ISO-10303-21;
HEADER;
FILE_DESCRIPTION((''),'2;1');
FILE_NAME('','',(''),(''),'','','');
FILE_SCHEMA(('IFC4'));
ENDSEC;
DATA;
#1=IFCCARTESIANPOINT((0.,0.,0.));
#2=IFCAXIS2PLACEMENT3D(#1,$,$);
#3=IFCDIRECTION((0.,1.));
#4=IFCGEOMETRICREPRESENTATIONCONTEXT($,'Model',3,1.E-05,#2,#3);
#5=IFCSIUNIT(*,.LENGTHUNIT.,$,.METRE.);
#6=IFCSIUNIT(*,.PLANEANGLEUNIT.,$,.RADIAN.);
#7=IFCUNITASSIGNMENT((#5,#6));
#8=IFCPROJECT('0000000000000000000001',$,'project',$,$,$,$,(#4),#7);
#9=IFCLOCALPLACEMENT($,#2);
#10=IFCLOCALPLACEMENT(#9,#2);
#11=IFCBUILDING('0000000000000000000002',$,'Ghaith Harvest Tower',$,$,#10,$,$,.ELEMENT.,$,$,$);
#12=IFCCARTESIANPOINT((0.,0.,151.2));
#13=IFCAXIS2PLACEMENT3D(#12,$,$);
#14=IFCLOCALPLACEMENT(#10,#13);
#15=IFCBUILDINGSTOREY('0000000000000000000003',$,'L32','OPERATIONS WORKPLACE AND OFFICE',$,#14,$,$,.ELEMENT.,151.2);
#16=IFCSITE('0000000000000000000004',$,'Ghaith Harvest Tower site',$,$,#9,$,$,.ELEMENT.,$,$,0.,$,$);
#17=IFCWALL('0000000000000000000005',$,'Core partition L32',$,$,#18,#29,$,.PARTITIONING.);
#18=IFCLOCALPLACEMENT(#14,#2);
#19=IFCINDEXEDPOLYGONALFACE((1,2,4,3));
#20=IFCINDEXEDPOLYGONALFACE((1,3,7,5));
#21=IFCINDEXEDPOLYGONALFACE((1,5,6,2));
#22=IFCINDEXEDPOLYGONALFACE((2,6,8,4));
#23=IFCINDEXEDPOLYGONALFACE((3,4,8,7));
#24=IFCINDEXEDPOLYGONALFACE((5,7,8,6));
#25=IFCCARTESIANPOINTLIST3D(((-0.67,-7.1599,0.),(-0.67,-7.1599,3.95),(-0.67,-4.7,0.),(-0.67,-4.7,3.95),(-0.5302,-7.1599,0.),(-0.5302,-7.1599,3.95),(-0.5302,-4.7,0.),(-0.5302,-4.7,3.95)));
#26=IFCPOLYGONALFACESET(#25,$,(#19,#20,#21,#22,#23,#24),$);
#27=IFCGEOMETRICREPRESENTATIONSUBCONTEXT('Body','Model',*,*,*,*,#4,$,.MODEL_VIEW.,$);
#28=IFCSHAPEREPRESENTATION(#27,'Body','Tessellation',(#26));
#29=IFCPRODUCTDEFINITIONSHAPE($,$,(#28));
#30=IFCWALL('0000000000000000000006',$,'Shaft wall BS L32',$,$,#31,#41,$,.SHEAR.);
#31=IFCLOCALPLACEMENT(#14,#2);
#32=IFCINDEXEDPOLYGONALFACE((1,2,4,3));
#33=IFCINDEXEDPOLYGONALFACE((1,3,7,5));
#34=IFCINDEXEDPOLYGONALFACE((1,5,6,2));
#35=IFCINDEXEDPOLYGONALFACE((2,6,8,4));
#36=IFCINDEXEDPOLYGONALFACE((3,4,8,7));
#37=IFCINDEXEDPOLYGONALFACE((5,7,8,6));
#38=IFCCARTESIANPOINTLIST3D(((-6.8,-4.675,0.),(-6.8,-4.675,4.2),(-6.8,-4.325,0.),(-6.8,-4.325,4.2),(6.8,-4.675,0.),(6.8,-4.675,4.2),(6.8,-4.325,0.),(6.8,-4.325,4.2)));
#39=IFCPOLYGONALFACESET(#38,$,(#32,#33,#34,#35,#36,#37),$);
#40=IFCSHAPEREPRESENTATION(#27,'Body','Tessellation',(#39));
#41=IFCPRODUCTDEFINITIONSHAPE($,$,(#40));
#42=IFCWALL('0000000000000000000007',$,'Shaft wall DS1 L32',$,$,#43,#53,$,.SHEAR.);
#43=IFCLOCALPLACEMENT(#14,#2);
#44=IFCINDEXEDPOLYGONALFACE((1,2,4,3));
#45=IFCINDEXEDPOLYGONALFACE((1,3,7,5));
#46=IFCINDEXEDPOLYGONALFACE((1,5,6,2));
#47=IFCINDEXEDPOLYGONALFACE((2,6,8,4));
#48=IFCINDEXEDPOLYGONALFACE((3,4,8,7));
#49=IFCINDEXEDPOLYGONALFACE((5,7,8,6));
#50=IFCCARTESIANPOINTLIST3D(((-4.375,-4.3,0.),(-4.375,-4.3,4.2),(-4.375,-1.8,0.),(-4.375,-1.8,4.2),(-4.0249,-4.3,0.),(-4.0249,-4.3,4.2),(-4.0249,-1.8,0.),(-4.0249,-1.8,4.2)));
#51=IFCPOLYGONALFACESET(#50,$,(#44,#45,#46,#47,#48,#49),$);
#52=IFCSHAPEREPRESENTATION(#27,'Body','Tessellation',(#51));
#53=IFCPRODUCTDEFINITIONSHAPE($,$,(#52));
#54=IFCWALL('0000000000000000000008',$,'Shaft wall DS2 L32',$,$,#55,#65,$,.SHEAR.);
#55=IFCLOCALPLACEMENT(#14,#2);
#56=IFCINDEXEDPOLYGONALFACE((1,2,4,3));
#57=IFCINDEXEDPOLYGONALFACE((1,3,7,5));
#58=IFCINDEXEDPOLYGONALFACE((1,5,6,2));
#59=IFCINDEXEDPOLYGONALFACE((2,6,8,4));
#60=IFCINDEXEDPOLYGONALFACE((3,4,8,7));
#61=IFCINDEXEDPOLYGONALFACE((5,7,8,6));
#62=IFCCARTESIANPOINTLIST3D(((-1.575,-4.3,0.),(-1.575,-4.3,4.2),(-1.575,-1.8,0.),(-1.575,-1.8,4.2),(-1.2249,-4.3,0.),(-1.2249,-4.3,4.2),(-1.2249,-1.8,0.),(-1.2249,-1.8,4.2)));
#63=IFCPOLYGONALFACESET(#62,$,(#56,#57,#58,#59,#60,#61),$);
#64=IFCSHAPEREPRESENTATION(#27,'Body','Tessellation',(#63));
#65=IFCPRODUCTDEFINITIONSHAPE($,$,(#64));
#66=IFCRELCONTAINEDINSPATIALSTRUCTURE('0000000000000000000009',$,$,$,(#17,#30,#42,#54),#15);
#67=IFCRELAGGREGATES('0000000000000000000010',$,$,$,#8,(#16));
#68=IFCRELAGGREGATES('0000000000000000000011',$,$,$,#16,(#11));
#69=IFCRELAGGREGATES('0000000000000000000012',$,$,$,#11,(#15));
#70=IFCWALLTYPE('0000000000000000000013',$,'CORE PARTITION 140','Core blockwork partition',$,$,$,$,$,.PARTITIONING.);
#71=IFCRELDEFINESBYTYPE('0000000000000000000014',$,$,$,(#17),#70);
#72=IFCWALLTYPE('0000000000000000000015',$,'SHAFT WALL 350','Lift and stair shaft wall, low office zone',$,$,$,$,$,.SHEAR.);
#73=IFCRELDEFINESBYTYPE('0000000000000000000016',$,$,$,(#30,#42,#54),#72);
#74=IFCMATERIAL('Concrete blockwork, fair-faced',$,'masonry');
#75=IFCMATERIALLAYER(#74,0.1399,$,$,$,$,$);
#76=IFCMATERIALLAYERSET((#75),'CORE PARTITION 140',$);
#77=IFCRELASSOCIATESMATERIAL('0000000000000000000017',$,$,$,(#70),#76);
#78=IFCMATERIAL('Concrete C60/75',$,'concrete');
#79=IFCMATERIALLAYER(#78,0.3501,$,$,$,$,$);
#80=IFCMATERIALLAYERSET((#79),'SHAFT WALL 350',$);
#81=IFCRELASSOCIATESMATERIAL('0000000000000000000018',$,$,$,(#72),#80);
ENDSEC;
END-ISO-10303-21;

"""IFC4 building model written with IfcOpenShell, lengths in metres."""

from ifc_helpers import new_model, si_unit, direction, frame, frame_2d, origin, place, context, subcontext, project, spatial, rectangle, extrude, material, layer, layer_set, type_object, element, save


model = new_model("IFC4")

# Units and contexts
model_context = context("Model", 3, precision=1e-05, world=origin(), true_north=direction((0.0, 1.0)))
body_context = subcontext(model_context, "Body", "Model", "MODEL_VIEW")
ifc_project = project(units=[si_unit("LENGTHUNIT", "METRE"), si_unit("PLANEANGLEUNIT", "RADIAN")], contexts=[model_context])

# Site, building, storey
site_placement = place(None, origin())
site = spatial("IfcSite", under=ifc_project, at=site_placement, Name="Ghaith Harvest Tower site", CompositionType="ELEMENT", RefElevation=0.0)
building_placement = place(site_placement, origin())
building = spatial("IfcBuilding", under=site, at=building_placement, Name="Ghaith Harvest Tower", CompositionType="ELEMENT")
storey_placement = place(building_placement, frame((0.0, 0.0, 151.2)))
storey = spatial("IfcBuildingStorey", under=building, at=storey_placement, Name="L32", Description="OPERATIONS WORKPLACE AND OFFICE", CompositionType="ELEMENT", Elevation=151.2)

# Shared definitions
ifc_material_1 = material(Name="Concrete blockwork, fair-faced", Category="masonry")
ifc_layer_1 = layer(ifc_material_1, 0.1399)
ifc_layer_set_1 = layer_set([ifc_layer_1], Name="CORE PARTITION 140")
wall_type_1 = type_object("IfcWallType", Name="CORE PARTITION 140", Description="Core blockwork partition", PredefinedType="PARTITIONING", material=ifc_layer_set_1)

# Wall
for number, where, z_axis, x_axis, name in (
    (1, (-0.6001, -4.7, 0.0), (0.0, 0.0, 1.0), (0.0, -1.0, 0.0), "Core partition L32"),
):
    element("IfcWall", number, at=place(storey_placement, frame(where, z_axis=z_axis, x_axis=x_axis)), inside=storey, type_object=wall_type_1, Name=name, PredefinedType="PARTITIONING", context=body_context, shape_type="SweptSolid", body=[
        extrude(rectangle(XDim=2.46, YDim=0.1399, at=frame_2d((1.23, 0.0))), origin(), (0.0, 0.0, 1.0), 3.95),
    ])

# Shared definitions
ifc_material_2 = material(Name="Concrete C60/75", Category="concrete")
ifc_layer_2 = layer(ifc_material_2, 0.3501)
ifc_layer_set_2 = layer_set([ifc_layer_2], Name="SHAFT WALL 350")
wall_type_2 = type_object("IfcWallType", Name="SHAFT WALL 350", Description="Lift and stair shaft wall, low office zone", PredefinedType="SHEAR", material=ifc_layer_set_2)

# Walls
wall_1_placement = place(storey_placement, frame((-6.8, -4.5, 0.0), z_axis=(0.0, 0.0, 1.0), x_axis=(1.0, 0.0, 0.0)))
element("IfcWall", 2, at=wall_1_placement, inside=storey, type_object=wall_type_2, Name="Shaft wall BS L32", PredefinedType="SHEAR", context=body_context, shape_type="SweptSolid", body=[
    extrude(rectangle(XDim=13.6001, YDim=0.3501, at=frame_2d((6.8, 0.0))), origin(), (0.0, 0.0, 1.0), 4.2),
])
for number, where, z_axis, x_axis, name in (
    (3, (-4.2, -4.3, 0.0), (0.0, 0.0, 1.0), (0.0, 1.0, 0.0), "Shaft wall DS1 L32"),
    (4, (-1.3999, -4.3, 0.0), (0.0, 0.0, 1.0), (0.0, 1.0, 0.0), "Shaft wall DS2 L32"),
):
    element("IfcWall", number, at=place(storey_placement, frame(where, z_axis=z_axis, x_axis=x_axis)), inside=storey, type_object=wall_type_2, Name=name, PredefinedType="SHEAR", context=body_context, shape_type="SweptSolid", body=[
        extrude(rectangle(XDim=2.5, YDim=0.3501, at=frame_2d((1.25, 0.0))), origin(), (0.0, 0.0, 1.0), 4.2),
    ])

save(model, "model.ifc")
